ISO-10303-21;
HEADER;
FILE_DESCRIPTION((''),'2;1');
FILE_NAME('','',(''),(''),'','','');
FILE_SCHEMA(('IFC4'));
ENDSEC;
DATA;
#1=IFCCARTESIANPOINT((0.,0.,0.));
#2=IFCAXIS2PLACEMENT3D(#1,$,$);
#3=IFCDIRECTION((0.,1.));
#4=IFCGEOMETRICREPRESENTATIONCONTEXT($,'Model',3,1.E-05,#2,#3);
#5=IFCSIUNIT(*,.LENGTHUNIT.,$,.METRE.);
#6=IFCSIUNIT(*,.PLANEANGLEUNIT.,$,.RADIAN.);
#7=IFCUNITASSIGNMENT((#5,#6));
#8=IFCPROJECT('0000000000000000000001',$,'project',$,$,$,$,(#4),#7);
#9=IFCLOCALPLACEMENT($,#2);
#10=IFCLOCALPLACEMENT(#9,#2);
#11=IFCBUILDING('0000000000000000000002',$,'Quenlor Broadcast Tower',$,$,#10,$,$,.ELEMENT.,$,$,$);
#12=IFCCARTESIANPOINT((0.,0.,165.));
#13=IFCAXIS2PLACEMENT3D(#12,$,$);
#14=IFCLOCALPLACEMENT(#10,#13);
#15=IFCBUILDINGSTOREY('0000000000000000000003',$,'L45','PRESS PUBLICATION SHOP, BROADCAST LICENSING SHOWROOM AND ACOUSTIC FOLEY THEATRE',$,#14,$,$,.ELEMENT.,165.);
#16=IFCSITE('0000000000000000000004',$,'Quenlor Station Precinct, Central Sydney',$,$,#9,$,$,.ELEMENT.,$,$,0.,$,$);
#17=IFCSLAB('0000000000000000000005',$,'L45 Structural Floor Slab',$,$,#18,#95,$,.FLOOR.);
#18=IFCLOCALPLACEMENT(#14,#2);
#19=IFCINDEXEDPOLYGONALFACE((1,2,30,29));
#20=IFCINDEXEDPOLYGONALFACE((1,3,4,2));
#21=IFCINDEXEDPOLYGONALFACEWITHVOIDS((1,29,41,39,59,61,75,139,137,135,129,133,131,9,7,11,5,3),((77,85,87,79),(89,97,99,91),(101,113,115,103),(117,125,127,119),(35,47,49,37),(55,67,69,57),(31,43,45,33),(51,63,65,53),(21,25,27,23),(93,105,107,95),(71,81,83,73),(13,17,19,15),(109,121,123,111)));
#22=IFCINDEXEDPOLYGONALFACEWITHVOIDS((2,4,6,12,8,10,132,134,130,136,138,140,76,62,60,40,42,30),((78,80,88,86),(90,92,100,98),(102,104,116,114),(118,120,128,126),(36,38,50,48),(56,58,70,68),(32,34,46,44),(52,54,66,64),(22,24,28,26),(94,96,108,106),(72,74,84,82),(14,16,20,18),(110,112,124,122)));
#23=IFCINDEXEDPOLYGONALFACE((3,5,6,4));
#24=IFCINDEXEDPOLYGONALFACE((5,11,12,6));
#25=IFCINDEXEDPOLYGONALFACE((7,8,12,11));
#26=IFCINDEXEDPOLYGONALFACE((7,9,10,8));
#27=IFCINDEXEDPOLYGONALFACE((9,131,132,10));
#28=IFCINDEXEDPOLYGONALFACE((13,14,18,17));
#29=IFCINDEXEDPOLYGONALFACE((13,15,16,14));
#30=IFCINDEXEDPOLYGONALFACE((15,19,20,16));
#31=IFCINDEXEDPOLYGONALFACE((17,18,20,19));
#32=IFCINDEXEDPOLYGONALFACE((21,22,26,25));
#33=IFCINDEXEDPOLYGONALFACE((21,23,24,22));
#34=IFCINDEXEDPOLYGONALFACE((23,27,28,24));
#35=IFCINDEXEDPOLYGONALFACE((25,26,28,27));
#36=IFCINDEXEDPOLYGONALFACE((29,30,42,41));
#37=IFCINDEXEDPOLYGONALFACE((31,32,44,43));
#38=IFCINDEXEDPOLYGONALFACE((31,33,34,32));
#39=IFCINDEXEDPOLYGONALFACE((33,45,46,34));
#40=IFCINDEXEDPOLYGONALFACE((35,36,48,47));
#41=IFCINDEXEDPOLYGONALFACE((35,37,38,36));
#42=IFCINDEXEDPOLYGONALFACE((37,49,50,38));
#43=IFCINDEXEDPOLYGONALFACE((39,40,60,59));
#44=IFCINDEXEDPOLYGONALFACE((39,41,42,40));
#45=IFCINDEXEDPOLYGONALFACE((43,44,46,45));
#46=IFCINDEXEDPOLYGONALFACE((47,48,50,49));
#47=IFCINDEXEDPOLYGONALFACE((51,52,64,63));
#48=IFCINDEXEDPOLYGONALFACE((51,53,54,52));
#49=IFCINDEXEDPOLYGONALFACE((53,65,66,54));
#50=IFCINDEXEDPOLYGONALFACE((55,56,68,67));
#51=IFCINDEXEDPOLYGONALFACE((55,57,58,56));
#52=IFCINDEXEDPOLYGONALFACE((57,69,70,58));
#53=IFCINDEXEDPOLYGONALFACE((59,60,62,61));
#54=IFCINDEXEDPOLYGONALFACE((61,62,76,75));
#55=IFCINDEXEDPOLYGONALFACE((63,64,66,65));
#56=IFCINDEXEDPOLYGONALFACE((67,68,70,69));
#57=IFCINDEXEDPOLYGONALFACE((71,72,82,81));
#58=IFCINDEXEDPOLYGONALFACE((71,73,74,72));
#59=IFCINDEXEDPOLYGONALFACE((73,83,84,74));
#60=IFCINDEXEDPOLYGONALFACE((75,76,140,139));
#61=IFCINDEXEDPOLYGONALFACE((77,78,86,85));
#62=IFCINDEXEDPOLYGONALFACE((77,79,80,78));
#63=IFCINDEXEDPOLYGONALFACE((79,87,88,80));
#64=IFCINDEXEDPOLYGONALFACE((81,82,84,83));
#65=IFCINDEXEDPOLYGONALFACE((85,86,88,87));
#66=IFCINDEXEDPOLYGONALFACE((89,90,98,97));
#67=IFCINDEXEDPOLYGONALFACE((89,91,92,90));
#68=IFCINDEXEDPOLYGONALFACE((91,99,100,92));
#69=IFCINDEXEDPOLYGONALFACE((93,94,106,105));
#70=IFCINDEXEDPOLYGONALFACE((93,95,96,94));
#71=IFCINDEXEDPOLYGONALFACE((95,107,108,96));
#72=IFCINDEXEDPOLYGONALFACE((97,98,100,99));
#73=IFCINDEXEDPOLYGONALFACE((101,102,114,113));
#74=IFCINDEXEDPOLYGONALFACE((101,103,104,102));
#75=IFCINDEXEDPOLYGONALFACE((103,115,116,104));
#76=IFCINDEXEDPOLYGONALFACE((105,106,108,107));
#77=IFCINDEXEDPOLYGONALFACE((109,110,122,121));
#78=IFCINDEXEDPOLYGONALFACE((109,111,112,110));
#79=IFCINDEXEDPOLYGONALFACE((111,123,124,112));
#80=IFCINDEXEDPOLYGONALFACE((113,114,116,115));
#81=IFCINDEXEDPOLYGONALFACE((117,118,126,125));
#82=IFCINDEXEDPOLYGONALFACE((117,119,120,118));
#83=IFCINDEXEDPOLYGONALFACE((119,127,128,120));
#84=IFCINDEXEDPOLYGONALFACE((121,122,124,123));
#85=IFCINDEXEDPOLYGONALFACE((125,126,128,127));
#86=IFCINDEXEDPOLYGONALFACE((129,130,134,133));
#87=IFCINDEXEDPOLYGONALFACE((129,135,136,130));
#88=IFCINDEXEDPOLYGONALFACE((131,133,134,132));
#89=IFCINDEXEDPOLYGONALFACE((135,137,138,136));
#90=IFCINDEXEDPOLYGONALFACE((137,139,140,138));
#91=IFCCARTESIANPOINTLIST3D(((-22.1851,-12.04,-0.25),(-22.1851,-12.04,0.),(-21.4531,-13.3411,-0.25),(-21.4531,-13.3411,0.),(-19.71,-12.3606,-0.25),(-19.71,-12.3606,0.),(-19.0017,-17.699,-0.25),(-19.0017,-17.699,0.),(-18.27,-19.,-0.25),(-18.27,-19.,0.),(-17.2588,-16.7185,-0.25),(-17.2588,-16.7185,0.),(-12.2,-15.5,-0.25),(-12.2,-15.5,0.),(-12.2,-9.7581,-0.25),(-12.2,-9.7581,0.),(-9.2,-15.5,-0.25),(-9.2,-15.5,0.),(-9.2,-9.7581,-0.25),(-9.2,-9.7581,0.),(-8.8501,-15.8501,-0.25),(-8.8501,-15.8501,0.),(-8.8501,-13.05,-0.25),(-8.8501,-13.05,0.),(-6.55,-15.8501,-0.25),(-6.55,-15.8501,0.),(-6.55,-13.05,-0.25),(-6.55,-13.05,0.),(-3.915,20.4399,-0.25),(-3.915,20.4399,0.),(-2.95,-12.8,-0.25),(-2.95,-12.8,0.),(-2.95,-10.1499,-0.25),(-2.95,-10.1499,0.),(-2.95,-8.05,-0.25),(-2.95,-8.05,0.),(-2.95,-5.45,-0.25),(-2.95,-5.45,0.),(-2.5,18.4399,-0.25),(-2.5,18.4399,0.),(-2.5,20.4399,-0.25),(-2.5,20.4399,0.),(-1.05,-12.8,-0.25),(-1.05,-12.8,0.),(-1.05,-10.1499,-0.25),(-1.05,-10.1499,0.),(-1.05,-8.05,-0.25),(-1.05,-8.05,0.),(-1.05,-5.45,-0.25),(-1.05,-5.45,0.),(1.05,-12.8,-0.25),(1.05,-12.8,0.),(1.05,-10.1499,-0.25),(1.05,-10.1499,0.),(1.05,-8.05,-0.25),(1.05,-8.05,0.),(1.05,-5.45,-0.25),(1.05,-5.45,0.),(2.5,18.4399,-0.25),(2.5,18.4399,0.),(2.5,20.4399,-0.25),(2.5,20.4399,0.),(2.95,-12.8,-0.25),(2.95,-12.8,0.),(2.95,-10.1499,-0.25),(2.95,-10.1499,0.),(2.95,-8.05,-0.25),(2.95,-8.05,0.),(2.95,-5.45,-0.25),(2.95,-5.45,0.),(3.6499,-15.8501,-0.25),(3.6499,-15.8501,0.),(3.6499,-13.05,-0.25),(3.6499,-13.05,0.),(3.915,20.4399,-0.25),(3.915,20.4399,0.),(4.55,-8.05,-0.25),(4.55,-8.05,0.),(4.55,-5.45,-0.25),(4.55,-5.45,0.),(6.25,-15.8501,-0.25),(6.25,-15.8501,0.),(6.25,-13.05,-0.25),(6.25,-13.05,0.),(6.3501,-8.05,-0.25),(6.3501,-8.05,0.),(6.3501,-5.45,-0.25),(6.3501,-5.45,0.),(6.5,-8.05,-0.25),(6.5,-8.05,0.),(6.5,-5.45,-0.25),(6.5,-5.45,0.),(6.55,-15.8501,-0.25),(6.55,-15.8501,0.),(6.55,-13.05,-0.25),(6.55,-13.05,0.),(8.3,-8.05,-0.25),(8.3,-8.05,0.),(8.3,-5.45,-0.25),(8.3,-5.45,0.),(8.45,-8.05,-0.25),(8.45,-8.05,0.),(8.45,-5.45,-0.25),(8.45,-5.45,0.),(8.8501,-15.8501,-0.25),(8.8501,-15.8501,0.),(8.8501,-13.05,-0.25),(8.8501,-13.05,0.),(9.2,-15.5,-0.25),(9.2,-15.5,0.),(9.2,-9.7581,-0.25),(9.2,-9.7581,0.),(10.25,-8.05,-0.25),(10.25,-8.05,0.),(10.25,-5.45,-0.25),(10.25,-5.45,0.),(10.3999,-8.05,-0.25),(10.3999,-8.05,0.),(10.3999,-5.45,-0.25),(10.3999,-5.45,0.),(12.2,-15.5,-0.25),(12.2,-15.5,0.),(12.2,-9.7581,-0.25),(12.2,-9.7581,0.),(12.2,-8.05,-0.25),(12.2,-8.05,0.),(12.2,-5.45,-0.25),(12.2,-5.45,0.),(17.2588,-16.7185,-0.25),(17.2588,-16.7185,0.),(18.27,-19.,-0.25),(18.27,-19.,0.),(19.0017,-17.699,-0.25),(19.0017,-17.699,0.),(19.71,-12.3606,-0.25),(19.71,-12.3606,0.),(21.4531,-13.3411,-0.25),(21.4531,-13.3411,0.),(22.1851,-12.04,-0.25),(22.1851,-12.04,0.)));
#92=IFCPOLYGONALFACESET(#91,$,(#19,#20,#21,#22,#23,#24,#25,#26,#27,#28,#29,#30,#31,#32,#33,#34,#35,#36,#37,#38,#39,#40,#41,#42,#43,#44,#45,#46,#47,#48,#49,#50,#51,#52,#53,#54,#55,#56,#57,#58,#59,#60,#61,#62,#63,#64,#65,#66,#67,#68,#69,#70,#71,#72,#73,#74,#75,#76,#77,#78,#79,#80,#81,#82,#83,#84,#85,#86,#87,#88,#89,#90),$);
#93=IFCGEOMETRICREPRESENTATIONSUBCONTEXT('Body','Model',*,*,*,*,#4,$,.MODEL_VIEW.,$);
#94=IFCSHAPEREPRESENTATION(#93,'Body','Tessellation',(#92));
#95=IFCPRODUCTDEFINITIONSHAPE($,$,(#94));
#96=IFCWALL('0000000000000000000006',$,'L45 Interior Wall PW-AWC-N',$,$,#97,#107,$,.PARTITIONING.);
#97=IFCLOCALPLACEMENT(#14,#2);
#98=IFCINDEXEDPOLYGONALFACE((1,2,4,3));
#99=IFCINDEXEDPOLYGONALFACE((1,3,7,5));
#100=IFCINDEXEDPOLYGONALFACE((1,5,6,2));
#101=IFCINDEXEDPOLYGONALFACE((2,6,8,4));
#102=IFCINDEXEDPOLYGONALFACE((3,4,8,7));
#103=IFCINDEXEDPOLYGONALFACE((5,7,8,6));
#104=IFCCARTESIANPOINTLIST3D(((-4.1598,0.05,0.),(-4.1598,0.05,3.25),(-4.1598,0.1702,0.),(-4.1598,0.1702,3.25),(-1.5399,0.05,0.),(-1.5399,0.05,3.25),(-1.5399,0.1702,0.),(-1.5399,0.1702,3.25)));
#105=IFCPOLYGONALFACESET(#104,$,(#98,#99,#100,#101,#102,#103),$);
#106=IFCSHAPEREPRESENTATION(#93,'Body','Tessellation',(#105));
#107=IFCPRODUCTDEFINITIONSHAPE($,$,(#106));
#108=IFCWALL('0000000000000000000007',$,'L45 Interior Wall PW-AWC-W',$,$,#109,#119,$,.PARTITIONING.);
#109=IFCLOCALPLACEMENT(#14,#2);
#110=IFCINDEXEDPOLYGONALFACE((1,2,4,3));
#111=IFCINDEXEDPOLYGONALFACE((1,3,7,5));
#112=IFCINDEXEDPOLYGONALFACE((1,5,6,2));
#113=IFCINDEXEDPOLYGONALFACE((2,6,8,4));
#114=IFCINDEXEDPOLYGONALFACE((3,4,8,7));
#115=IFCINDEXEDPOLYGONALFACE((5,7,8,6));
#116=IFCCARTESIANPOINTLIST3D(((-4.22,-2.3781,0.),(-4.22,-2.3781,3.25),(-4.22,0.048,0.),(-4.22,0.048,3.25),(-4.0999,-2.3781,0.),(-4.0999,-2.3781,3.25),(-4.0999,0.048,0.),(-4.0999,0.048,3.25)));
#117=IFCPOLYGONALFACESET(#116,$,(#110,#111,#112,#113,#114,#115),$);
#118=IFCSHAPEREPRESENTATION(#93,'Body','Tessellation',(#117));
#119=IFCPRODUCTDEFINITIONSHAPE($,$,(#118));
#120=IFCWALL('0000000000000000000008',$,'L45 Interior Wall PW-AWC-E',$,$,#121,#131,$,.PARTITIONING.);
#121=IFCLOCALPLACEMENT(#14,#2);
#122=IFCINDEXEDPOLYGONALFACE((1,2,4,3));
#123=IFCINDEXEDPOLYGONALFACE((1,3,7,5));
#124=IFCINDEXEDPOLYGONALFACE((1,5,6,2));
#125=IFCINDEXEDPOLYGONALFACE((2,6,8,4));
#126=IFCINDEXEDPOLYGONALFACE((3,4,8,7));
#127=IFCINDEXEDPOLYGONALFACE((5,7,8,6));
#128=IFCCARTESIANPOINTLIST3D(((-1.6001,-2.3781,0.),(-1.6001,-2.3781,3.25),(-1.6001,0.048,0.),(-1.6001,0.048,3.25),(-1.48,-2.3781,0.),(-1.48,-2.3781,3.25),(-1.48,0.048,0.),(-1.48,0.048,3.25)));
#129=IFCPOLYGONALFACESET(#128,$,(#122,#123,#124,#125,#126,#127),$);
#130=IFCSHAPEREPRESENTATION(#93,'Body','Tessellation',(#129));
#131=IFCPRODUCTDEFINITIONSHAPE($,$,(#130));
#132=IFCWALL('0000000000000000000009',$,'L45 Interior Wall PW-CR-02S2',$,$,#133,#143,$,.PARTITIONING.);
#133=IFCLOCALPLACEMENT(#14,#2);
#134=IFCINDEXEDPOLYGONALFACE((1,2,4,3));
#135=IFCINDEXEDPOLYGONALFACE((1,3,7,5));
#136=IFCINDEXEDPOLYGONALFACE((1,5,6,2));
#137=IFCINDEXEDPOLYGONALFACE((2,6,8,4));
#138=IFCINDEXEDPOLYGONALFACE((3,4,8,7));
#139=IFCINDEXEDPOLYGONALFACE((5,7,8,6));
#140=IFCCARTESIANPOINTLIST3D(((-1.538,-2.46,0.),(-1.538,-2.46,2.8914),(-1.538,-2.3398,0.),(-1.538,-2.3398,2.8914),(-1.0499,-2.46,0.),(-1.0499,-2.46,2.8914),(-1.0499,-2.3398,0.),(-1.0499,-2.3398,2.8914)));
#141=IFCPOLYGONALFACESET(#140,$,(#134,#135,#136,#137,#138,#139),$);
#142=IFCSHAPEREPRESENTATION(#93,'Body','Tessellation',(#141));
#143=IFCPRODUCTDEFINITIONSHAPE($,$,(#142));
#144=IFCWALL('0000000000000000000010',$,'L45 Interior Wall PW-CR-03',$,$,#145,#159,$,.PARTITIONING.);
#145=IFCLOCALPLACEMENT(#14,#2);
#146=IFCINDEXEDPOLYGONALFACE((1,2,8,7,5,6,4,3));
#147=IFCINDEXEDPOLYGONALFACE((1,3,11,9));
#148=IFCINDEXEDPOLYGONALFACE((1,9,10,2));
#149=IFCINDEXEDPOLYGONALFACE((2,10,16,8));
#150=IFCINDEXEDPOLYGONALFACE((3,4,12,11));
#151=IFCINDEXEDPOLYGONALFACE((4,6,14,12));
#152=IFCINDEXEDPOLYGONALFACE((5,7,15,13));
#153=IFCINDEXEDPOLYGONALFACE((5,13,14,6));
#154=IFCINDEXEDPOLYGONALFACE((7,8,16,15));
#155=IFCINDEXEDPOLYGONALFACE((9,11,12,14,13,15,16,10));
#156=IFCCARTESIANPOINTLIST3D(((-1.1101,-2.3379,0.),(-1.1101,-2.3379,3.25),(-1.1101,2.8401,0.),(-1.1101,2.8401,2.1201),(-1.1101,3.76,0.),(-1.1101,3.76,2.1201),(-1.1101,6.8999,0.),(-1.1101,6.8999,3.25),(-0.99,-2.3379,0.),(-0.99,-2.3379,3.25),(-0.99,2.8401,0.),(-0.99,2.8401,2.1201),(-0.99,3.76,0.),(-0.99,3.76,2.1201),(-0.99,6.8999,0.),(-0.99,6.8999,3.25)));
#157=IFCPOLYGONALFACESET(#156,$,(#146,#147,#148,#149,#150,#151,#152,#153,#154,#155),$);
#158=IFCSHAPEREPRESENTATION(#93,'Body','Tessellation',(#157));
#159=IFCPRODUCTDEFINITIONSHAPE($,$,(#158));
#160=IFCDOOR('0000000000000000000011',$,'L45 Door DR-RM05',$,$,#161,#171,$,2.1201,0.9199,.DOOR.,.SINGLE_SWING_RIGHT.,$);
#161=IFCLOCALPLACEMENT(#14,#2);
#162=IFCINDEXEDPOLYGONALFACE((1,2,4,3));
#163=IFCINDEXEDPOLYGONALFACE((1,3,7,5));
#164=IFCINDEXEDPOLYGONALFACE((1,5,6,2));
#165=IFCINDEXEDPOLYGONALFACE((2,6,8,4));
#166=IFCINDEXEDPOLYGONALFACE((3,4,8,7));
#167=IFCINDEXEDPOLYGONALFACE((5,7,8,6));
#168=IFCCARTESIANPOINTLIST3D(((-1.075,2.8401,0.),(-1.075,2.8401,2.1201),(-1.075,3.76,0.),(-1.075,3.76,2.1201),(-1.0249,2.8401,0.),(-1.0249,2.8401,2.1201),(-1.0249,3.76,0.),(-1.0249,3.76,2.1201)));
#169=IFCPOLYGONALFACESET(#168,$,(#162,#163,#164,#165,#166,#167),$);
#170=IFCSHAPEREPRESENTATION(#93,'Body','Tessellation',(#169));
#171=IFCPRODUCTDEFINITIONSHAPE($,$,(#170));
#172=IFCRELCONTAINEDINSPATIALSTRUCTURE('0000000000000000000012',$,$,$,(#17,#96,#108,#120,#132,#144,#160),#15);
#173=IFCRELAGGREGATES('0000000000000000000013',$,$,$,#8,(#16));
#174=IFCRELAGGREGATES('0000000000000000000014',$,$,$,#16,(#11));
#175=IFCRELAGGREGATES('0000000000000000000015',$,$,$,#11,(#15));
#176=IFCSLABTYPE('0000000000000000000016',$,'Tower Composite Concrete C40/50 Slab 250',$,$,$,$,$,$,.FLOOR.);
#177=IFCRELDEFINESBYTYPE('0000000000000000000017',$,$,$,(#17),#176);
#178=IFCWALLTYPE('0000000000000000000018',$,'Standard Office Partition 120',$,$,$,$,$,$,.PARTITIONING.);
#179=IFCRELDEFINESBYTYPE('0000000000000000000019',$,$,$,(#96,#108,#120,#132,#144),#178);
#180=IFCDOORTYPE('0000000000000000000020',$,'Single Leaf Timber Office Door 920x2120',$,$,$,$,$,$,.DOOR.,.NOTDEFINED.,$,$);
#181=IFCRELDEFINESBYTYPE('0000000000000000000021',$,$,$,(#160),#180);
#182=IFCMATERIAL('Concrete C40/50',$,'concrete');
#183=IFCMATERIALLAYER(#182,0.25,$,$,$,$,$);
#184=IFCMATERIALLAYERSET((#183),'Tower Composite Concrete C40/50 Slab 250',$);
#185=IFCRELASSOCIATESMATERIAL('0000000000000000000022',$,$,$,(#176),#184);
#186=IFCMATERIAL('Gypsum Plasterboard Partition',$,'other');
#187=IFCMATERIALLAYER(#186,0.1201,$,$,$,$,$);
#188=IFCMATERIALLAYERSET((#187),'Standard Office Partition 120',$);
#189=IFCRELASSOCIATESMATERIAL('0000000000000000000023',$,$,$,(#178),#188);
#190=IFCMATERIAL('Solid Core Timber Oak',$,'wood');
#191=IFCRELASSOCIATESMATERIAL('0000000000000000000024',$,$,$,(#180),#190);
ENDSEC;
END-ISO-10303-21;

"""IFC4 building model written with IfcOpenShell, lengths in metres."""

from ifc_helpers import new_model, si_unit, direction, frame, frame_2d, origin, place, context, subcontext, project, spatial, polyline, rectangle, outline, extrude, material, layer, layer_set, type_object, element, fill, save


model = new_model("IFC4")

# Units and contexts
model_context = context("Model", 3, precision=1e-05, world=origin(), true_north=direction((0.0, 1.0)))
body_context = subcontext(model_context, "Body", "Model", "MODEL_VIEW")
ifc_project = project(units=[si_unit("LENGTHUNIT", "METRE"), si_unit("PLANEANGLEUNIT", "RADIAN")], contexts=[model_context])

# Site, building, storey
site_placement = place(None, origin())
site = spatial("IfcSite", under=ifc_project, at=site_placement, Name="Quenlor Station Precinct, Central Sydney", CompositionType="ELEMENT", RefElevation=0.0)
building_placement = place(site_placement, origin())
building = spatial("IfcBuilding", under=site, at=building_placement, Name="Quenlor Broadcast Tower", CompositionType="ELEMENT")
storey_placement = place(building_placement, frame((0.0, 0.0, 165.0)))
storey = spatial("IfcBuildingStorey", under=building, at=storey_placement, Name="L45", Description="PRESS PUBLICATION SHOP, BROADCAST LICENSING SHOWROOM AND ACOUSTIC FOLEY THEATRE", CompositionType="ELEMENT", Elevation=165.0)

# Slab
ifc_material_1 = material(Name="Concrete C40/50", Category="concrete")
ifc_layer_1 = layer(ifc_material_1, 0.25)
ifc_layer_set_1 = layer_set([ifc_layer_1], Name="Tower Composite Concrete C40/50 Slab 250")
slab_type = type_object("IfcSlabType", Name="Tower Composite Concrete C40/50 Slab 250", PredefinedType="FLOOR", material=ifc_layer_set_1)
slab_placement = place(storey_placement, frame((0.0, 0.0, -0.25)))
element("IfcSlab", 1, at=slab_placement, inside=storey, type_object=slab_type, Name="L45 Structural Floor Slab", PredefinedType="FLOOR", context=body_context, shape_type="SweptSolid", body=[
    extrude(outline(polyline([(18.27, -19.0), (19.0017, -17.699), (17.2588, -16.7185), (19.71, -12.3606), (21.4531, -13.3411), (22.1851, -12.04), (3.915, 20.4399), (2.5, 20.4399), (2.5, 18.4399), (-2.5, 18.4399), (-2.5, 20.4399), (-3.915, 20.4399), (-22.1851, -12.04), (-21.4531, -13.3411), (-19.71, -12.3606), (-17.2588, -16.7185), (-19.0017, -17.699), (-18.27, -19.0), (18.27, -19.0)]), holes=[polyline([(-12.2, -9.7581), (-12.2, -15.5), (-9.2, -15.5), (-9.2, -9.7581), (-12.2, -9.7581)]), polyline([(9.2, -9.7581), (9.2, -15.5), (12.2, -15.5), (12.2, -9.7581), (9.2, -9.7581)]), polyline([(-2.95, -8.05), (-1.05, -8.05), (-1.05, -5.45), (-2.95, -5.45), (-2.95, -8.05)]), polyline([(1.05, -8.05), (2.95, -8.05), (2.95, -5.45), (1.05, -5.45), (1.05, -8.05)]), polyline([(-2.95, -12.8), (-1.05, -12.8), (-1.05, -10.1499), (-2.95, -10.1499), (-2.95, -12.8)]), polyline([(1.05, -12.8), (2.95, -12.8), (2.95, -10.1499), (1.05, -10.1499), (1.05, -12.8)]), polyline([(4.55, -8.05), (6.3501, -8.05), (6.3501, -5.45), (4.55, -5.45), (4.55, -8.05)]), polyline([(6.5, -8.05), (8.3, -8.05), (8.3, -5.45), (6.5, -5.45), (6.5, -8.05)]), polyline([(8.45, -8.05), (10.25, -8.05), (10.25, -5.45), (8.45, -5.45), (8.45, -8.05)]), polyline([(10.3999, -8.05), (12.2, -8.05), (12.2, -5.45), (10.3999, -5.45), (10.3999, -8.05)]), polyline([(-8.8501, -15.8501), (-6.55, -15.8501), (-6.55, -13.05), (-8.8501, -13.05), (-8.8501, -15.8501)]), polyline([(6.55, -15.8501), (8.8501, -15.8501), (8.8501, -13.05), (6.55, -13.05), (6.55, -15.8501)]), polyline([(3.6499, -15.8501), (6.25, -15.8501), (6.25, -13.05), (3.6499, -13.05), (3.6499, -15.8501)])]), origin(), (0.0, 0.0, 1.0), 0.25),
])

# Shared definitions
ifc_material_2 = material(Name="Gypsum Plasterboard Partition", Category="other")
ifc_layer_2 = layer(ifc_material_2, 0.1201)
ifc_layer_set_2 = layer_set([ifc_layer_2], Name="Standard Office Partition 120")
wall_type = type_object("IfcWallType", Name="Standard Office Partition 120", PredefinedType="PARTITIONING", material=ifc_layer_set_2)

# Walls
wall_1_placement = place(storey_placement, frame((-4.1599, 0.1101, 0.0), z_axis=(0.0, 0.0, 1.0), x_axis=(1.0, 0.0, 0.0)))
element("IfcWall", 2, at=wall_1_placement, inside=storey, type_object=wall_type, Name="L45 Interior Wall PW-AWC-N", PredefinedType="PARTITIONING", context=body_context, shape_type="SweptSolid", body=[
    extrude(rectangle(XDim=2.6199, YDim=0.1201, at=frame_2d((1.3101, 0.0))), origin(), (0.0, 0.0, 1.0), 3.25),
])
for number, where, z_axis, x_axis, name in (
    (3, (-4.1599, -2.3779, 0.0), (0.0, 0.0, 1.0), (0.0, 1.0, 0.0), "L45 Interior Wall PW-AWC-W"),
    (4, (-1.54, -2.3779, 0.0), (0.0, 0.0, 1.0), (0.0, 1.0, 0.0), "L45 Interior Wall PW-AWC-E"),
):
    element("IfcWall", number, at=place(storey_placement, frame(where, z_axis=z_axis, x_axis=x_axis)), inside=storey, type_object=wall_type, Name=name, PredefinedType="PARTITIONING", context=body_context, shape_type="SweptSolid", body=[
        extrude(rectangle(XDim=2.426, YDim=0.1201, at=frame_2d((1.2129, 0.0))), origin(), (0.0, 0.0, 1.0), 3.25),
    ])
wall_2_placement = place(storey_placement, frame((-1.5381, -2.3999, 0.0), z_axis=(0.0, 0.0, 1.0), x_axis=(1.0, 0.0, 0.0)))
element("IfcWall", 5, at=wall_2_placement, inside=storey, type_object=wall_type, Name="L45 Interior Wall PW-CR-02S2", PredefinedType="PARTITIONING", context=body_context, shape_type="SweptSolid", body=[
    extrude(rectangle(XDim=0.488, YDim=0.1201, at=frame_2d((0.2441, 0.0))), origin(), (0.0, 0.0, 1.0), 2.8914),
])

# Wall, opening, door
wall_3_placement = place(storey_placement, frame((-1.05, -2.3379, 0.0), z_axis=(0.0, 0.0, 1.0), x_axis=(0.0, 1.0, 0.0)))
wall_3 = element("IfcWall", 6, at=wall_3_placement, inside=storey, type_object=wall_type, Name="L45 Interior Wall PW-CR-03", PredefinedType="PARTITIONING", context=body_context, shape_type="SweptSolid", body=[
    extrude(rectangle(XDim=9.2378, YDim=0.1201, at=frame_2d((4.6189, 0.0))), origin(), (0.0, 0.0, 1.0), 3.25),
])
opening_1_placement = place(wall_3_placement, frame((5.178, 0.0, 0.0)))
opening_1 = element("IfcOpeningElement", 7, at=opening_1_placement, cuts=wall_3, PredefinedType="OPENING", context=body_context, shape_type="SweptSolid", body=[
    extrude(rectangle(XDim=0.9199, YDim=2.1201, at=frame_2d((0.46, 1.0601))), frame((0.0, 0.0701, 0.0), z_axis=(0.0, -1.0, 0.0), x_axis=(1.0, 0.0, 0.0)), (0.0, 0.0, 1.0), 0.1401),
])
ifc_material_3 = material(Name="Solid Core Timber Oak", Category="wood")
door_type_1 = type_object("IfcDoorType", Name="Single Leaf Timber Office Door 920x2120", OperationType="NOTDEFINED", PredefinedType="DOOR", material=ifc_material_3)
door_1_placement = place(opening_1_placement, origin())
door_1 = element("IfcDoor", 8, at=door_1_placement, inside=storey, type_object=door_type_1, Name="L45 Door DR-RM05", OperationType="SINGLE_SWING_RIGHT", OverallHeight=2.1201, OverallWidth=0.9199, PredefinedType="DOOR", context=body_context, shape_type="SweptSolid", body=[
    extrude(rectangle(XDim=0.9199, YDim=2.1201, at=frame_2d((0.46, 1.0601))), frame((0.0, 0.0249, 0.0), z_axis=(0.0, -1.0, 0.0), x_axis=(1.0, 0.0, 0.0)), (0.0, 0.0, 1.0), 0.05),
])
fill(opening_1, door_1)

save(model, "model.ifc")
